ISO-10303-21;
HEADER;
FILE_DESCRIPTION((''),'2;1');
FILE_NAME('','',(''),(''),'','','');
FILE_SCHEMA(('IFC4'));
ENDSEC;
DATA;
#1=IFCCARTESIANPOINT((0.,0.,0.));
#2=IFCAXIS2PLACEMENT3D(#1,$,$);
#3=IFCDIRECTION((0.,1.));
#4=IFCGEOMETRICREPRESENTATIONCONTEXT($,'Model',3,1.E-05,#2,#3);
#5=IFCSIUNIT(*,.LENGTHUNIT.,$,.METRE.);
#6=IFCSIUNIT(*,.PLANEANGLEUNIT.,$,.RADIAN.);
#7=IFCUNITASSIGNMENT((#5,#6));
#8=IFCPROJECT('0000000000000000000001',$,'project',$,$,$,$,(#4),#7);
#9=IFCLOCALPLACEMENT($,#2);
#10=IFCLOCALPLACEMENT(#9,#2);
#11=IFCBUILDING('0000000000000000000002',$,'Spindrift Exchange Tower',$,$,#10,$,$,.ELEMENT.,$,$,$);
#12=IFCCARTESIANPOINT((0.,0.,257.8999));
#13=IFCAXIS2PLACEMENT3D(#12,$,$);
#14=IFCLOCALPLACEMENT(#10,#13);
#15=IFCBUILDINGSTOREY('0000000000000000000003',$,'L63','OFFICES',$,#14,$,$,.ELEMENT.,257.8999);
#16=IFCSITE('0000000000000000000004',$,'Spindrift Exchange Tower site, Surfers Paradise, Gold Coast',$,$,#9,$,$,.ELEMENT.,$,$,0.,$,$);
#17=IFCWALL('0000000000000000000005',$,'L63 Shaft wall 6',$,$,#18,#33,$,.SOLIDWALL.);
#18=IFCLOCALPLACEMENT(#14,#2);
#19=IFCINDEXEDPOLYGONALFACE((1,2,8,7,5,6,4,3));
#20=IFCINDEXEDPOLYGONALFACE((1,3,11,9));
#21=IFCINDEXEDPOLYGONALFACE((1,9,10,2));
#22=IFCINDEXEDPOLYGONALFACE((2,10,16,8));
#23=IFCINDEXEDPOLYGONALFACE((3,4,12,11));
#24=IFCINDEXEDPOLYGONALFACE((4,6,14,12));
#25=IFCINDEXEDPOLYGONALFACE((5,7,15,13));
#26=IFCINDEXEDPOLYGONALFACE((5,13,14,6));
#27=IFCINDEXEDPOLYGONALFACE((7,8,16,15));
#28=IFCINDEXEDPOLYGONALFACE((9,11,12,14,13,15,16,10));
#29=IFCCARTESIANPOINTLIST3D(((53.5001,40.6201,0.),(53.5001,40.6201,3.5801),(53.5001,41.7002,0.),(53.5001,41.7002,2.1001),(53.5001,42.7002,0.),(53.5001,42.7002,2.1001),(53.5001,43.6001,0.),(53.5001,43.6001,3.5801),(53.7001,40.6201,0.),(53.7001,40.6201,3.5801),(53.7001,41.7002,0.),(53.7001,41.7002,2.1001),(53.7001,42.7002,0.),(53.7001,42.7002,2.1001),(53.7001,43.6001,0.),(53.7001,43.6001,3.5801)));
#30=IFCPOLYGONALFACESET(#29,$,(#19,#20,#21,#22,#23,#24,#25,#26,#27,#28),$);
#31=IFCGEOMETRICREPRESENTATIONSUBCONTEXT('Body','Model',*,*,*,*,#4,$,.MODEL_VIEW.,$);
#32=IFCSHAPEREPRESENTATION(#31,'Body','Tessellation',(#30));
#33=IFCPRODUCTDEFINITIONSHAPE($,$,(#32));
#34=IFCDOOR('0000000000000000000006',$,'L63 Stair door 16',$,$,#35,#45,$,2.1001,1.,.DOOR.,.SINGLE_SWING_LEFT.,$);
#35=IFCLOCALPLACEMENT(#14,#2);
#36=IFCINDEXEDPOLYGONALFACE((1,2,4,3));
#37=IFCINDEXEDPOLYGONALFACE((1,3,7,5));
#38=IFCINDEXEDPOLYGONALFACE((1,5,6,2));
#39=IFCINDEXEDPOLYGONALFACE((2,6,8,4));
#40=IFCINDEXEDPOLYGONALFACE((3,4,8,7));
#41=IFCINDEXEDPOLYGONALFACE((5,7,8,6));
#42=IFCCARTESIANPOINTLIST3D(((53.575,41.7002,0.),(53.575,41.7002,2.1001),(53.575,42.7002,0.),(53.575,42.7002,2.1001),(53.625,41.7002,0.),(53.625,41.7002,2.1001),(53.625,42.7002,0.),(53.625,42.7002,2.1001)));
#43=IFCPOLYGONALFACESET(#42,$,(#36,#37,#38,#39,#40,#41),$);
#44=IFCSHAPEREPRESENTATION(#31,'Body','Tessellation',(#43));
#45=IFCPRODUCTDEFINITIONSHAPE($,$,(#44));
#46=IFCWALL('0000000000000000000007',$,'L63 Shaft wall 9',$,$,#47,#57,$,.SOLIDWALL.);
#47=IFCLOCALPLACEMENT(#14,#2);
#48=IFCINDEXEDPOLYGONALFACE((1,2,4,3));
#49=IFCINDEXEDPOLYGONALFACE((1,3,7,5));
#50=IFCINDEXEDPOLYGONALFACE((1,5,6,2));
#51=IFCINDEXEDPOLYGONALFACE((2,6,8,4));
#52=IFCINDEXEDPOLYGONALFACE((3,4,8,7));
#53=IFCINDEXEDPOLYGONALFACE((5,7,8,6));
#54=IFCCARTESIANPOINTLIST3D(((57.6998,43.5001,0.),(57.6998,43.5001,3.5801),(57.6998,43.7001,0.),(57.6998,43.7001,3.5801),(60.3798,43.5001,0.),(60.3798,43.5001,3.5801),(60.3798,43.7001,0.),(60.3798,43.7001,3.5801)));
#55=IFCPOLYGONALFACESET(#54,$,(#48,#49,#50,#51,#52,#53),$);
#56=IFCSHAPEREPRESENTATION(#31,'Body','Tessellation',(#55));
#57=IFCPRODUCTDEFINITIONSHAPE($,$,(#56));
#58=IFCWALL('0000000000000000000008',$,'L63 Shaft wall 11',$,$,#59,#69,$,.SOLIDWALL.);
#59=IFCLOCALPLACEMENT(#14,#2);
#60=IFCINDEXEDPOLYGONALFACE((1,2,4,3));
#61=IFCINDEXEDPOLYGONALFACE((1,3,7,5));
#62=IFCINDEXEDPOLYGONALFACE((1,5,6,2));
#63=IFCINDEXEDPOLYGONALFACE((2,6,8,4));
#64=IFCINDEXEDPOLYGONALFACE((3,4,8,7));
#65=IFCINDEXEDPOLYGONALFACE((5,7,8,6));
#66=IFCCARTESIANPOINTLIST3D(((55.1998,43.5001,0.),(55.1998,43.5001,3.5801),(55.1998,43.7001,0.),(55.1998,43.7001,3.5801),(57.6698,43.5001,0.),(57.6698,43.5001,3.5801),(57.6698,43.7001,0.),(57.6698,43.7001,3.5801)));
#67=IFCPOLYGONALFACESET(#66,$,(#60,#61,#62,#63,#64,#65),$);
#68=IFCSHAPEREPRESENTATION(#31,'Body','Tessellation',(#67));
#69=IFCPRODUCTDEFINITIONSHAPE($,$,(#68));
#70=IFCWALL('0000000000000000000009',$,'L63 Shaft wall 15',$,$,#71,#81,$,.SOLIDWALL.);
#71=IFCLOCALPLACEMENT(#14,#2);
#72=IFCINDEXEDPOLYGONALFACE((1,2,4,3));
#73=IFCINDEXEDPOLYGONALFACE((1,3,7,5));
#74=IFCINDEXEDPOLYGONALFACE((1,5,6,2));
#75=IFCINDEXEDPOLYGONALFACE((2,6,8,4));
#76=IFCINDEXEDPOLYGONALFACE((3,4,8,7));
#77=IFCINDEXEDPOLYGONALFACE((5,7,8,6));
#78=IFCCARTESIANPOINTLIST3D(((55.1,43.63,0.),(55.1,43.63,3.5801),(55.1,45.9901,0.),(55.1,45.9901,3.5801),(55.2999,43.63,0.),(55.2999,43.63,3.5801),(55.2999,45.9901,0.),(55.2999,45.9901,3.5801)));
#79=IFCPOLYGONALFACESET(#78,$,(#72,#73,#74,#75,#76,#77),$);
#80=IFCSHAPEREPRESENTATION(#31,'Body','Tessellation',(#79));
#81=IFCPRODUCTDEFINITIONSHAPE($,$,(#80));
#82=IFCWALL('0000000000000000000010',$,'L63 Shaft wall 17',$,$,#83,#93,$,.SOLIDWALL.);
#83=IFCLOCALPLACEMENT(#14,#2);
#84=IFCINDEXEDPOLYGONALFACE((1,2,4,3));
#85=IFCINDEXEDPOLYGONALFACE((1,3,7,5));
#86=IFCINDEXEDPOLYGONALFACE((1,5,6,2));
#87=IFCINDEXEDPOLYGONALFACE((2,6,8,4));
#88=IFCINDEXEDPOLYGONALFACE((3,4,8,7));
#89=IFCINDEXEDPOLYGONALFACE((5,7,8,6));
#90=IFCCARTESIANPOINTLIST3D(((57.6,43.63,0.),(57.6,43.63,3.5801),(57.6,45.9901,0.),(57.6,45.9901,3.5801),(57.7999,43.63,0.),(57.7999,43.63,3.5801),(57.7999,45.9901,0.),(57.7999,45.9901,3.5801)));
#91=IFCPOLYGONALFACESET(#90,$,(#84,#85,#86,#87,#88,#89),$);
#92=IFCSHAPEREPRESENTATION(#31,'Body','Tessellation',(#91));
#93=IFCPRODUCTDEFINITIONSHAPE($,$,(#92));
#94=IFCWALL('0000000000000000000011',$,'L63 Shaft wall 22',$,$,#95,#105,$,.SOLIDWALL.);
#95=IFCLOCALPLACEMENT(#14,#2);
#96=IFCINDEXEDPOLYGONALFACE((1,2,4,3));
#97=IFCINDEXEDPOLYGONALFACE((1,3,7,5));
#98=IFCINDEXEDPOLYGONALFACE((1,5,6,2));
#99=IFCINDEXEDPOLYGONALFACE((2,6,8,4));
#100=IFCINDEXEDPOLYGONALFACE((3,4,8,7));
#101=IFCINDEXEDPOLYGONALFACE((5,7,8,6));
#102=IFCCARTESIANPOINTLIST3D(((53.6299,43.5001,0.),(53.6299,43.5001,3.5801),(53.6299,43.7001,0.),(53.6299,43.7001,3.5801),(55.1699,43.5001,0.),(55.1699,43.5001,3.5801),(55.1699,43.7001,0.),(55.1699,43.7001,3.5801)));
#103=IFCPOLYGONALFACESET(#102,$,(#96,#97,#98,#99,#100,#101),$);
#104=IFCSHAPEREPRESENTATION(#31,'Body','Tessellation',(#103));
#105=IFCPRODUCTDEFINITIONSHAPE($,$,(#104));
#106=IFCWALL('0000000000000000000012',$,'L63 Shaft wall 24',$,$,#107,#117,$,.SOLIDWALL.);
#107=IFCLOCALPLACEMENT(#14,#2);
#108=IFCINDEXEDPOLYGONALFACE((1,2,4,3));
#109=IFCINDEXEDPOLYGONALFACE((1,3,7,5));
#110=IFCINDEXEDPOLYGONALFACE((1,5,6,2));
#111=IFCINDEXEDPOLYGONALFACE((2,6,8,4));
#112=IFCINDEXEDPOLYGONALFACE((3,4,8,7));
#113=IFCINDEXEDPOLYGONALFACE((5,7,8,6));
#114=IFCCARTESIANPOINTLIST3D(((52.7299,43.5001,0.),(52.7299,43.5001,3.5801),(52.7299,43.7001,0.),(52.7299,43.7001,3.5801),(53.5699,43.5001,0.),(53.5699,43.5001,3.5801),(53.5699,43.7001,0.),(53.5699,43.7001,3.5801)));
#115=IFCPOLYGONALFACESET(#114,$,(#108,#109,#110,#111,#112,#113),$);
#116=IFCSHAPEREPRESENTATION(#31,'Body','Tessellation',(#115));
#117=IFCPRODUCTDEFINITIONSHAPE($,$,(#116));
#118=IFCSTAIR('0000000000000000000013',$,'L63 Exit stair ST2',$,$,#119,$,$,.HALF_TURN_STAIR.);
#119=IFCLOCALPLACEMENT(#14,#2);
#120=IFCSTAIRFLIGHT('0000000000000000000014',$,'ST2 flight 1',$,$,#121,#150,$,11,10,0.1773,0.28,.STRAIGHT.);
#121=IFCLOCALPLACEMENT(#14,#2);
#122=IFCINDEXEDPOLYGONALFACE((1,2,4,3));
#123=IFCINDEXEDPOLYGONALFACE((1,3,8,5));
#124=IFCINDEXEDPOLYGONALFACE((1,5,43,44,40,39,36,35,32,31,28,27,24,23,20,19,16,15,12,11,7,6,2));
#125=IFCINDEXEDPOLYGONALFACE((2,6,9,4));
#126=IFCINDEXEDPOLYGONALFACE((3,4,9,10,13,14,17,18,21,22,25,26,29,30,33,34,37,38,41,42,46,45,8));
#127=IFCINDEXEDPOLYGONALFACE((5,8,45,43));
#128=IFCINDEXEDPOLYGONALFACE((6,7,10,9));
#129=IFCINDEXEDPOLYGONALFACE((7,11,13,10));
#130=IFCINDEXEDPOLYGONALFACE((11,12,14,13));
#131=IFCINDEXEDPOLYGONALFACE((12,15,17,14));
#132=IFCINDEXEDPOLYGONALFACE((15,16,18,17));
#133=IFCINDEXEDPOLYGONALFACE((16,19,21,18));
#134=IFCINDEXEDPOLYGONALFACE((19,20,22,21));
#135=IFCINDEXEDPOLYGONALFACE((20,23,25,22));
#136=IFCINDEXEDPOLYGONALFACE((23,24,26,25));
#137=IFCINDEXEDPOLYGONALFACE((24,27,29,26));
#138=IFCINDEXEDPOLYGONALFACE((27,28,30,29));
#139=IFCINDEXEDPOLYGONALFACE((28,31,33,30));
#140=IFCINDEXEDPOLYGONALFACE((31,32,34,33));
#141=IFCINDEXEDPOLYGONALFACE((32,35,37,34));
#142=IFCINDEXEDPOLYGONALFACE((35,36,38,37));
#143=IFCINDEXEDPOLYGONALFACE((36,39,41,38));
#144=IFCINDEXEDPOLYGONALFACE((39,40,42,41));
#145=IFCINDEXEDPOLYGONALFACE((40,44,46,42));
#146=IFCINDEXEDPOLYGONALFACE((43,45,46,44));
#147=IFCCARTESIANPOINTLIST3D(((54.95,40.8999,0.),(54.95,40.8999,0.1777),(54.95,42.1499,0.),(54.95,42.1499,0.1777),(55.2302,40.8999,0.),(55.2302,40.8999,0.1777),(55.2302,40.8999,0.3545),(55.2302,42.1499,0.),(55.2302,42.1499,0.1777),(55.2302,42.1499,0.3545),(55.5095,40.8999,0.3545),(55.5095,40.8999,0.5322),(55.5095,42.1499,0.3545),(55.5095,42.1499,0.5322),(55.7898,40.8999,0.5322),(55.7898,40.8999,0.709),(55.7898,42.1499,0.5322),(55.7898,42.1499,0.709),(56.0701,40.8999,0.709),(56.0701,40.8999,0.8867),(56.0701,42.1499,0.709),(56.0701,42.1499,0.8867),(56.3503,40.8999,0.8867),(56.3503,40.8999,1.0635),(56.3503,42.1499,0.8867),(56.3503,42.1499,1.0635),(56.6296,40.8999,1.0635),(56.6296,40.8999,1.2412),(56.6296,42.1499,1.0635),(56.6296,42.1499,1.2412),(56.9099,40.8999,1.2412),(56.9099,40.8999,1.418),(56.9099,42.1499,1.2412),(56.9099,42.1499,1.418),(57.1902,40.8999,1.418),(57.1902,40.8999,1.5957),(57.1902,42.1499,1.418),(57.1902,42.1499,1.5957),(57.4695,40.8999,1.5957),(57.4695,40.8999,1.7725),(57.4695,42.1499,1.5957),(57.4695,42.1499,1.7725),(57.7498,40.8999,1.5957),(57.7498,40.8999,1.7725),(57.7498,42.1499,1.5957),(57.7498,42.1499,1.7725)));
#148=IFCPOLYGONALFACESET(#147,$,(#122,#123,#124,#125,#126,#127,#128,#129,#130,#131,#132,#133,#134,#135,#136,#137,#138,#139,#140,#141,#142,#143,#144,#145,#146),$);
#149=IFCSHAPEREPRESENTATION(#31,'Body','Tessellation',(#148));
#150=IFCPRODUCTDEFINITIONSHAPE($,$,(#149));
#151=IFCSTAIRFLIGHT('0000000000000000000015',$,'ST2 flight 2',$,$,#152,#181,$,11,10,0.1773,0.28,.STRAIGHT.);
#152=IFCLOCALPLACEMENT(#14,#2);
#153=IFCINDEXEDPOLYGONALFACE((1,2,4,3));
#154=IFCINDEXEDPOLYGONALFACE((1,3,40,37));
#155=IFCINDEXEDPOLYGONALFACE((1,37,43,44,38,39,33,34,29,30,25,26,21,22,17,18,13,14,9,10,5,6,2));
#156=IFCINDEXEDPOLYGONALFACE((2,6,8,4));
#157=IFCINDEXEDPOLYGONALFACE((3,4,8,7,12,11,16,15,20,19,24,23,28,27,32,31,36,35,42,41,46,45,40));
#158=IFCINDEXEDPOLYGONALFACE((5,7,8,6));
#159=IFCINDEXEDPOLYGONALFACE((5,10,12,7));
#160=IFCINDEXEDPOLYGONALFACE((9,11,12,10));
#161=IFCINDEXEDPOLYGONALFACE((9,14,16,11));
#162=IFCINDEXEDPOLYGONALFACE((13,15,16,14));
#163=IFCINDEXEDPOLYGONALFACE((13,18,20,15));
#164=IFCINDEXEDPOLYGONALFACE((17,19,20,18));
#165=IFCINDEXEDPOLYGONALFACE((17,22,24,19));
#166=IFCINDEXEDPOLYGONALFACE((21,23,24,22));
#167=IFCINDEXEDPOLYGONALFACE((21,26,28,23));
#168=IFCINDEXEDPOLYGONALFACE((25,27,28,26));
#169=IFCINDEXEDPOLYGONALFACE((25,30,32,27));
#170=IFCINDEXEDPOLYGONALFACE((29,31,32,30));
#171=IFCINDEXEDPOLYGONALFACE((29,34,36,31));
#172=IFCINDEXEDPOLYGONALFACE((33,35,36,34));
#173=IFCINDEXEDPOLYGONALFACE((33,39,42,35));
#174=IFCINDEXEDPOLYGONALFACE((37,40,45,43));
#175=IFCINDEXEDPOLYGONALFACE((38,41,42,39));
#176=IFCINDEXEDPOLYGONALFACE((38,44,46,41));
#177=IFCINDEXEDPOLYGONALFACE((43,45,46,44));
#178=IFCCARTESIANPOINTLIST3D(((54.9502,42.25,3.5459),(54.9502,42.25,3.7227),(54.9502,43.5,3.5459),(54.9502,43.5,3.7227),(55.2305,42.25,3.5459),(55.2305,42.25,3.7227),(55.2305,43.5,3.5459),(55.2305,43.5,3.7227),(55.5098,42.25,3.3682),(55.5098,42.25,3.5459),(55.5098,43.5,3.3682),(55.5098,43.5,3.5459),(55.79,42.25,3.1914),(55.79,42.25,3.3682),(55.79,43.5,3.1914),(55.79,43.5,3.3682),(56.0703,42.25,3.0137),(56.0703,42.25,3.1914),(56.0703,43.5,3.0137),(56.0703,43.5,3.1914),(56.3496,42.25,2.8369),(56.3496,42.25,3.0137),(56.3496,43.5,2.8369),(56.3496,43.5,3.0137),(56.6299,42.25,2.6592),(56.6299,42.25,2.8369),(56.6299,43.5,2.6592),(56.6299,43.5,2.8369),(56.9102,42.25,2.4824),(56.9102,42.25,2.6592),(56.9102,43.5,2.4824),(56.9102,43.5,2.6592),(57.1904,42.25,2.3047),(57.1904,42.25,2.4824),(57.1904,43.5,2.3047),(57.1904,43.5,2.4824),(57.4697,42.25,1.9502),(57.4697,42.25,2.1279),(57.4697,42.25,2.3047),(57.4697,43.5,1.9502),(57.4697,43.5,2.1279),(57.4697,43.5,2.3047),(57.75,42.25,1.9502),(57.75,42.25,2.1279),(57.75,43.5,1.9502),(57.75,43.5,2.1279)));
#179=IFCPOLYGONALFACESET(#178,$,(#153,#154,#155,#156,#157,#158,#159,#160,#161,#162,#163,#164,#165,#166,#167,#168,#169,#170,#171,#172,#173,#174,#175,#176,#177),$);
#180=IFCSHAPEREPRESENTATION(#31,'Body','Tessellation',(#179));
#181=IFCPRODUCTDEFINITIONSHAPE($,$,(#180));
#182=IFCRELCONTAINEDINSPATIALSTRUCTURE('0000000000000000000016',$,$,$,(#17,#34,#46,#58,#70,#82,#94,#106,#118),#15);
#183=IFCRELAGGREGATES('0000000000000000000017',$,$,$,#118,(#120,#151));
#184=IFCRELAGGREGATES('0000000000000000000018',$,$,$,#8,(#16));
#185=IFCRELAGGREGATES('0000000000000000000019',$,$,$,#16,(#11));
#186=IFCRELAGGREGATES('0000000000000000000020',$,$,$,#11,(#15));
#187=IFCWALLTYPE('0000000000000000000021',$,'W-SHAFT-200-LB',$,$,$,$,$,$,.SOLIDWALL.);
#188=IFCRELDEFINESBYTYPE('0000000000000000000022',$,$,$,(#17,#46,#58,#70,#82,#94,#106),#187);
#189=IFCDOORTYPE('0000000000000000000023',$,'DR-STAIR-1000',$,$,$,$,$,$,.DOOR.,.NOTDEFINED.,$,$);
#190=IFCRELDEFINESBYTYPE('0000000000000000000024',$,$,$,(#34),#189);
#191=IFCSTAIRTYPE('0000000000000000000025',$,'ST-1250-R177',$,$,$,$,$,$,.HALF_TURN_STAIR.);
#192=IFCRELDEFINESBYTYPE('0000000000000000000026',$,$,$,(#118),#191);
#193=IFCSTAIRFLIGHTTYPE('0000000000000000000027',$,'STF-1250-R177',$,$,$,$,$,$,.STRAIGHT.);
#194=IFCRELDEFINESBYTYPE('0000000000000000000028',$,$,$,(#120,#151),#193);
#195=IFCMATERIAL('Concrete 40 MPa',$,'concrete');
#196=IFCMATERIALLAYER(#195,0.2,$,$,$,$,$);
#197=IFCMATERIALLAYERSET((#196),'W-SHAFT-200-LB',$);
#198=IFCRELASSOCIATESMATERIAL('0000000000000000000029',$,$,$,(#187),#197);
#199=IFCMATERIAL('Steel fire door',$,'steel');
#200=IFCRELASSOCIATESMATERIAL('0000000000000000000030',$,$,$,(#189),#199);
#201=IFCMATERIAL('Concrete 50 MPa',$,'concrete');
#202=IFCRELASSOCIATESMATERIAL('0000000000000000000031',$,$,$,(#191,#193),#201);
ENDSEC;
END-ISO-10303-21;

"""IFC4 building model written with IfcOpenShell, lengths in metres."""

from ifc_helpers import new_model, si_unit, direction, frame, frame_2d, origin, place, context, subcontext, project, spatial, line, indexed_curve, rectangle, outline, extrude, source, transform, mapped, material, layer, layer_set, type_object, element, fill, aggregate, save


model = new_model("IFC4")

# Units and contexts
model_context = context("Model", 3, precision=1e-05, world=origin(), true_north=direction((0.0, 1.0)))
body_context = subcontext(model_context, "Body", "Model", "MODEL_VIEW")
ifc_project = project(units=[si_unit("LENGTHUNIT", "METRE"), si_unit("PLANEANGLEUNIT", "RADIAN")], contexts=[model_context])

# Site, building, storey
site_placement = place(None, origin())
site = spatial("IfcSite", under=ifc_project, at=site_placement, Name="Spindrift Exchange Tower site, Surfers Paradise, Gold Coast", CompositionType="ELEMENT", RefElevation=0.0)
building_placement = place(site_placement, origin())
building = spatial("IfcBuilding", under=site, at=building_placement, Name="Spindrift Exchange Tower", CompositionType="ELEMENT")
storey_placement = place(building_placement, frame((0.0, 0.0, 257.8999)))
storey = spatial("IfcBuildingStorey", under=building, at=storey_placement, Name="L63", Description="OFFICES", CompositionType="ELEMENT", Elevation=257.8999)

# Shared definitions
ifc_material_1 = material(Name="Concrete 40 MPa", Category="concrete")

# Wall, opening, door
ifc_layer_1 = layer(ifc_material_1, 0.2)
ifc_layer_set_1 = layer_set([ifc_layer_1], Name="W-SHAFT-200-LB")
wall_type_1 = type_object("IfcWallType", Name="W-SHAFT-200-LB", PredefinedType="SOLIDWALL", material=ifc_layer_set_1)
wall_1_placement = place(storey_placement, frame((53.6001, 43.6001, 0.0), z_axis=(0.0, 0.0, 1.0), x_axis=(0.0, -1.0, 0.0)))
wall_1 = element("IfcWall", 1, at=wall_1_placement, inside=storey, type_object=wall_type_1, Name="L63 Shaft wall 6", PredefinedType="SOLIDWALL", context=body_context, shape_type="SweptSolid", body=[
    extrude(rectangle(XDim=2.98, YDim=0.2, at=frame_2d((1.49, 0.0))), origin(), (0.0, 0.0, 1.0), 3.5801),
])
opening_placement = place(wall_1_placement, frame((0.8999, 0.0, 0.0)))
opening = element("IfcOpeningElement", 2, at=opening_placement, cuts=wall_1, PredefinedType="OPENING", context=body_context, shape_type="SweptSolid", body=[
    extrude(rectangle(XDim=1.0, YDim=2.1001, at=frame_2d((0.5, 1.05))), frame((0.0, 0.1099, 0.0), z_axis=(0.0, -1.0, 0.0), x_axis=(1.0, 0.0, 0.0)), (0.0, 0.0, 1.0), 0.22),
])
ifc_material_2 = material(Name="Steel fire door", Category="steel")
door_type = type_object("IfcDoorType", Name="DR-STAIR-1000", OperationType="NOTDEFINED", PredefinedType="DOOR", material=ifc_material_2)
shared_shape_1 = source(origin(), body_context, "Body", "SweptSolid", [
    extrude(rectangle(XDim=1.0, YDim=2.1001, at=frame_2d((0.5, 1.05))), frame((0.0, 0.0249, 0.0), z_axis=(0.0, -1.0, 0.0), x_axis=(1.0, 0.0, 0.0)), (0.0, 0.0, 1.0), 0.05),
])
door_placement = place(opening_placement, origin())
door = element("IfcDoor", 3, at=door_placement, inside=storey, type_object=door_type, Name="L63 Stair door 16", OperationType="SINGLE_SWING_LEFT", OverallHeight=2.1001, OverallWidth=1.0, PredefinedType="DOOR", context=body_context, shape_type="MappedRepresentation", body=[
    mapped(shared_shape_1, transform((0.0, 0.0, 0.0), scale=1.0)),
])
fill(opening, door)

# Walls
wall_2_placement = place(storey_placement, frame((57.7, 43.6001, 0.0), z_axis=(0.0, 0.0, 1.0), x_axis=(1.0, 0.0, 0.0)))
element("IfcWall", 4, at=wall_2_placement, inside=storey, type_object=wall_type_1, Name="L63 Shaft wall 9", PredefinedType="SOLIDWALL", context=body_context, shape_type="SweptSolid", body=[
    extrude(rectangle(XDim=2.6799, YDim=0.2, at=frame_2d((1.3398, 0.0))), origin(), (0.0, 0.0, 1.0), 3.5801),
])
wall_3_placement = place(storey_placement, frame((55.2, 43.6001, 0.0), z_axis=(0.0, 0.0, 1.0), x_axis=(1.0, 0.0, 0.0)))
element("IfcWall", 5, at=wall_3_placement, inside=storey, type_object=wall_type_1, Name="L63 Shaft wall 11", PredefinedType="SOLIDWALL", context=body_context, shape_type="SweptSolid", body=[
    extrude(rectangle(XDim=2.47, YDim=0.2, at=frame_2d((1.2349, 0.0))), origin(), (0.0, 0.0, 1.0), 3.5801),
])
for number, where, z_axis, x_axis, name in (
    (6, (55.2, 43.6299, 0.0), (0.0, 0.0, 1.0), (0.0, 1.0, 0.0), "L63 Shaft wall 15"),
    (7, (57.7, 43.6299, 0.0), (0.0, 0.0, 1.0), (0.0, 1.0, 0.0), "L63 Shaft wall 17"),
):
    element("IfcWall", number, at=place(storey_placement, frame(where, z_axis=z_axis, x_axis=x_axis)), inside=storey, type_object=wall_type_1, Name=name, PredefinedType="SOLIDWALL", context=body_context, shape_type="SweptSolid", body=[
        extrude(rectangle(XDim=2.3601, YDim=0.2, at=frame_2d((1.1802, 0.0))), origin(), (0.0, 0.0, 1.0), 3.5801),
    ])
wall_4_placement = place(storey_placement, frame((53.6299, 43.6001, 0.0), z_axis=(0.0, 0.0, 1.0), x_axis=(1.0, 0.0, 0.0)))
element("IfcWall", 8, at=wall_4_placement, inside=storey, type_object=wall_type_1, Name="L63 Shaft wall 22", PredefinedType="SOLIDWALL", context=body_context, shape_type="SweptSolid", body=[
    extrude(rectangle(XDim=1.54, YDim=0.2, at=frame_2d((0.77, 0.0))), origin(), (0.0, 0.0, 1.0), 3.5801),
])
wall_5_placement = place(storey_placement, frame((52.73, 43.6001, 0.0), z_axis=(0.0, 0.0, 1.0), x_axis=(1.0, 0.0, 0.0)))
element("IfcWall", 9, at=wall_5_placement, inside=storey, type_object=wall_type_1, Name="L63 Shaft wall 24", PredefinedType="SOLIDWALL", context=body_context, shape_type="SweptSolid", body=[
    extrude(rectangle(XDim=0.8401, YDim=0.2, at=frame_2d((0.4199, 0.0))), origin(), (0.0, 0.0, 1.0), 3.5801),
])

# Stair, stair flights
ifc_material_3 = material(Name="Concrete 50 MPa", Category="concrete")
stair_type = type_object("IfcStairType", Name="ST-1250-R177", PredefinedType="HALF_TURN_STAIR", material=ifc_material_3)
stair_placement = place(storey_placement, origin())
stair = element("IfcStair", 10, at=stair_placement, inside=storey, type_object=stair_type, Name="L63 Exit stair ST2", PredefinedType="HALF_TURN_STAIR")
stair_flight_type = type_object("IfcStairFlightType", Name="STF-1250-R177", PredefinedType="STRAIGHT", material=ifc_material_3)
stair_flight_1_placement = place(storey_placement, frame((54.95, 41.5249, 0.0), z_axis=(0.0, 0.0, 1.0), x_axis=(1.0, 0.0, 0.0)))
stair_flight_1 = element("IfcStairFlight", 11, at=stair_flight_1_placement, type_object=stair_flight_type, Name="ST2 flight 1", NumberOfRisers=11, NumberOfTreads=10, PredefinedType="STRAIGHT", RiserHeight=0.1773, TreadLength=0.28, context=body_context, shape_type="SweptSolid", body=[
    extrude(outline(indexed_curve([(0.0, 0.0), (0.0, 0.1777), (0.2803, 0.1777), (0.2803, 0.3545), (0.5596, 0.3545), (0.5596, 0.5322), (0.8398, 0.5322), (0.8398, 0.709), (1.1201, 0.709), (1.1201, 0.8867), (1.4004, 0.8867), (1.4004, 1.0635), (1.6797, 1.0635), (1.6797, 1.2412), (1.96, 1.2412), (1.96, 1.418), (2.2402, 1.418), (2.2402, 1.5957), (2.5195, 1.5957), (2.5195, 1.7725), (2.7998, 1.7725), (2.7998, 1.9502), (2.7998, 1.5957), (0.2803, 0.0)], segments=[line(1, 2, 3, 4, 5, 6, 7, 8, 9, 10, 11, 12, 13, 14, 15, 16, 17, 18, 19, 20, 21, 22, 23, 24, 1)], self_intersect=False)), frame((0.0, 0.625, 0.0), z_axis=(0.0, -1.0, 0.0), x_axis=(1.0, 0.0, 0.0)), (0.0, 0.0, 1.0), 1.25),
])
stair_flight_2_placement = place(storey_placement, frame((57.75, 42.875, 1.9502), z_axis=(0.0, 0.0, 1.0), x_axis=(-1.0, 0.0, 0.0)))
stair_flight_2 = element("IfcStairFlight", 12, at=stair_flight_2_placement, type_object=stair_flight_type, Name="ST2 flight 2", NumberOfRisers=11, NumberOfTreads=10, PredefinedType="STRAIGHT", RiserHeight=0.1773, TreadLength=0.28, context=body_context, shape_type="SweptSolid", body=[
    extrude(outline(indexed_curve([(0.0, 0.0), (0.0, 0.1777), (0.2803, 0.1777), (0.2803, 0.3545), (0.5596, 0.3545), (0.5596, 0.5322), (0.8398, 0.5322), (0.8398, 0.709), (1.1201, 0.709), (1.1201, 0.8867), (1.4004, 0.8867), (1.4004, 1.0635), (1.6797, 1.0635), (1.6797, 1.2412), (1.96, 1.2412), (1.96, 1.418), (2.2402, 1.418), (2.2402, 1.5957), (2.5195, 1.5957), (2.5195, 1.7725), (2.7998, 1.7725), (2.7998, 1.9502), (2.7998, 1.5957), (0.2803, 0.0)], segments=[line(1, 2, 3, 4, 5, 6, 7, 8, 9, 10, 11, 12, 13, 14, 15, 16, 17, 18, 19, 20, 21, 22, 23, 24, 1)], self_intersect=False)), frame((0.0, 0.625, 0.0), z_axis=(0.0, -1.0, 0.0), x_axis=(1.0, 0.0, 0.0)), (0.0, 0.0, 1.0), 1.25),
])
aggregate(stair, [stair_flight_1, stair_flight_2])

save(model, "model.ifc")
